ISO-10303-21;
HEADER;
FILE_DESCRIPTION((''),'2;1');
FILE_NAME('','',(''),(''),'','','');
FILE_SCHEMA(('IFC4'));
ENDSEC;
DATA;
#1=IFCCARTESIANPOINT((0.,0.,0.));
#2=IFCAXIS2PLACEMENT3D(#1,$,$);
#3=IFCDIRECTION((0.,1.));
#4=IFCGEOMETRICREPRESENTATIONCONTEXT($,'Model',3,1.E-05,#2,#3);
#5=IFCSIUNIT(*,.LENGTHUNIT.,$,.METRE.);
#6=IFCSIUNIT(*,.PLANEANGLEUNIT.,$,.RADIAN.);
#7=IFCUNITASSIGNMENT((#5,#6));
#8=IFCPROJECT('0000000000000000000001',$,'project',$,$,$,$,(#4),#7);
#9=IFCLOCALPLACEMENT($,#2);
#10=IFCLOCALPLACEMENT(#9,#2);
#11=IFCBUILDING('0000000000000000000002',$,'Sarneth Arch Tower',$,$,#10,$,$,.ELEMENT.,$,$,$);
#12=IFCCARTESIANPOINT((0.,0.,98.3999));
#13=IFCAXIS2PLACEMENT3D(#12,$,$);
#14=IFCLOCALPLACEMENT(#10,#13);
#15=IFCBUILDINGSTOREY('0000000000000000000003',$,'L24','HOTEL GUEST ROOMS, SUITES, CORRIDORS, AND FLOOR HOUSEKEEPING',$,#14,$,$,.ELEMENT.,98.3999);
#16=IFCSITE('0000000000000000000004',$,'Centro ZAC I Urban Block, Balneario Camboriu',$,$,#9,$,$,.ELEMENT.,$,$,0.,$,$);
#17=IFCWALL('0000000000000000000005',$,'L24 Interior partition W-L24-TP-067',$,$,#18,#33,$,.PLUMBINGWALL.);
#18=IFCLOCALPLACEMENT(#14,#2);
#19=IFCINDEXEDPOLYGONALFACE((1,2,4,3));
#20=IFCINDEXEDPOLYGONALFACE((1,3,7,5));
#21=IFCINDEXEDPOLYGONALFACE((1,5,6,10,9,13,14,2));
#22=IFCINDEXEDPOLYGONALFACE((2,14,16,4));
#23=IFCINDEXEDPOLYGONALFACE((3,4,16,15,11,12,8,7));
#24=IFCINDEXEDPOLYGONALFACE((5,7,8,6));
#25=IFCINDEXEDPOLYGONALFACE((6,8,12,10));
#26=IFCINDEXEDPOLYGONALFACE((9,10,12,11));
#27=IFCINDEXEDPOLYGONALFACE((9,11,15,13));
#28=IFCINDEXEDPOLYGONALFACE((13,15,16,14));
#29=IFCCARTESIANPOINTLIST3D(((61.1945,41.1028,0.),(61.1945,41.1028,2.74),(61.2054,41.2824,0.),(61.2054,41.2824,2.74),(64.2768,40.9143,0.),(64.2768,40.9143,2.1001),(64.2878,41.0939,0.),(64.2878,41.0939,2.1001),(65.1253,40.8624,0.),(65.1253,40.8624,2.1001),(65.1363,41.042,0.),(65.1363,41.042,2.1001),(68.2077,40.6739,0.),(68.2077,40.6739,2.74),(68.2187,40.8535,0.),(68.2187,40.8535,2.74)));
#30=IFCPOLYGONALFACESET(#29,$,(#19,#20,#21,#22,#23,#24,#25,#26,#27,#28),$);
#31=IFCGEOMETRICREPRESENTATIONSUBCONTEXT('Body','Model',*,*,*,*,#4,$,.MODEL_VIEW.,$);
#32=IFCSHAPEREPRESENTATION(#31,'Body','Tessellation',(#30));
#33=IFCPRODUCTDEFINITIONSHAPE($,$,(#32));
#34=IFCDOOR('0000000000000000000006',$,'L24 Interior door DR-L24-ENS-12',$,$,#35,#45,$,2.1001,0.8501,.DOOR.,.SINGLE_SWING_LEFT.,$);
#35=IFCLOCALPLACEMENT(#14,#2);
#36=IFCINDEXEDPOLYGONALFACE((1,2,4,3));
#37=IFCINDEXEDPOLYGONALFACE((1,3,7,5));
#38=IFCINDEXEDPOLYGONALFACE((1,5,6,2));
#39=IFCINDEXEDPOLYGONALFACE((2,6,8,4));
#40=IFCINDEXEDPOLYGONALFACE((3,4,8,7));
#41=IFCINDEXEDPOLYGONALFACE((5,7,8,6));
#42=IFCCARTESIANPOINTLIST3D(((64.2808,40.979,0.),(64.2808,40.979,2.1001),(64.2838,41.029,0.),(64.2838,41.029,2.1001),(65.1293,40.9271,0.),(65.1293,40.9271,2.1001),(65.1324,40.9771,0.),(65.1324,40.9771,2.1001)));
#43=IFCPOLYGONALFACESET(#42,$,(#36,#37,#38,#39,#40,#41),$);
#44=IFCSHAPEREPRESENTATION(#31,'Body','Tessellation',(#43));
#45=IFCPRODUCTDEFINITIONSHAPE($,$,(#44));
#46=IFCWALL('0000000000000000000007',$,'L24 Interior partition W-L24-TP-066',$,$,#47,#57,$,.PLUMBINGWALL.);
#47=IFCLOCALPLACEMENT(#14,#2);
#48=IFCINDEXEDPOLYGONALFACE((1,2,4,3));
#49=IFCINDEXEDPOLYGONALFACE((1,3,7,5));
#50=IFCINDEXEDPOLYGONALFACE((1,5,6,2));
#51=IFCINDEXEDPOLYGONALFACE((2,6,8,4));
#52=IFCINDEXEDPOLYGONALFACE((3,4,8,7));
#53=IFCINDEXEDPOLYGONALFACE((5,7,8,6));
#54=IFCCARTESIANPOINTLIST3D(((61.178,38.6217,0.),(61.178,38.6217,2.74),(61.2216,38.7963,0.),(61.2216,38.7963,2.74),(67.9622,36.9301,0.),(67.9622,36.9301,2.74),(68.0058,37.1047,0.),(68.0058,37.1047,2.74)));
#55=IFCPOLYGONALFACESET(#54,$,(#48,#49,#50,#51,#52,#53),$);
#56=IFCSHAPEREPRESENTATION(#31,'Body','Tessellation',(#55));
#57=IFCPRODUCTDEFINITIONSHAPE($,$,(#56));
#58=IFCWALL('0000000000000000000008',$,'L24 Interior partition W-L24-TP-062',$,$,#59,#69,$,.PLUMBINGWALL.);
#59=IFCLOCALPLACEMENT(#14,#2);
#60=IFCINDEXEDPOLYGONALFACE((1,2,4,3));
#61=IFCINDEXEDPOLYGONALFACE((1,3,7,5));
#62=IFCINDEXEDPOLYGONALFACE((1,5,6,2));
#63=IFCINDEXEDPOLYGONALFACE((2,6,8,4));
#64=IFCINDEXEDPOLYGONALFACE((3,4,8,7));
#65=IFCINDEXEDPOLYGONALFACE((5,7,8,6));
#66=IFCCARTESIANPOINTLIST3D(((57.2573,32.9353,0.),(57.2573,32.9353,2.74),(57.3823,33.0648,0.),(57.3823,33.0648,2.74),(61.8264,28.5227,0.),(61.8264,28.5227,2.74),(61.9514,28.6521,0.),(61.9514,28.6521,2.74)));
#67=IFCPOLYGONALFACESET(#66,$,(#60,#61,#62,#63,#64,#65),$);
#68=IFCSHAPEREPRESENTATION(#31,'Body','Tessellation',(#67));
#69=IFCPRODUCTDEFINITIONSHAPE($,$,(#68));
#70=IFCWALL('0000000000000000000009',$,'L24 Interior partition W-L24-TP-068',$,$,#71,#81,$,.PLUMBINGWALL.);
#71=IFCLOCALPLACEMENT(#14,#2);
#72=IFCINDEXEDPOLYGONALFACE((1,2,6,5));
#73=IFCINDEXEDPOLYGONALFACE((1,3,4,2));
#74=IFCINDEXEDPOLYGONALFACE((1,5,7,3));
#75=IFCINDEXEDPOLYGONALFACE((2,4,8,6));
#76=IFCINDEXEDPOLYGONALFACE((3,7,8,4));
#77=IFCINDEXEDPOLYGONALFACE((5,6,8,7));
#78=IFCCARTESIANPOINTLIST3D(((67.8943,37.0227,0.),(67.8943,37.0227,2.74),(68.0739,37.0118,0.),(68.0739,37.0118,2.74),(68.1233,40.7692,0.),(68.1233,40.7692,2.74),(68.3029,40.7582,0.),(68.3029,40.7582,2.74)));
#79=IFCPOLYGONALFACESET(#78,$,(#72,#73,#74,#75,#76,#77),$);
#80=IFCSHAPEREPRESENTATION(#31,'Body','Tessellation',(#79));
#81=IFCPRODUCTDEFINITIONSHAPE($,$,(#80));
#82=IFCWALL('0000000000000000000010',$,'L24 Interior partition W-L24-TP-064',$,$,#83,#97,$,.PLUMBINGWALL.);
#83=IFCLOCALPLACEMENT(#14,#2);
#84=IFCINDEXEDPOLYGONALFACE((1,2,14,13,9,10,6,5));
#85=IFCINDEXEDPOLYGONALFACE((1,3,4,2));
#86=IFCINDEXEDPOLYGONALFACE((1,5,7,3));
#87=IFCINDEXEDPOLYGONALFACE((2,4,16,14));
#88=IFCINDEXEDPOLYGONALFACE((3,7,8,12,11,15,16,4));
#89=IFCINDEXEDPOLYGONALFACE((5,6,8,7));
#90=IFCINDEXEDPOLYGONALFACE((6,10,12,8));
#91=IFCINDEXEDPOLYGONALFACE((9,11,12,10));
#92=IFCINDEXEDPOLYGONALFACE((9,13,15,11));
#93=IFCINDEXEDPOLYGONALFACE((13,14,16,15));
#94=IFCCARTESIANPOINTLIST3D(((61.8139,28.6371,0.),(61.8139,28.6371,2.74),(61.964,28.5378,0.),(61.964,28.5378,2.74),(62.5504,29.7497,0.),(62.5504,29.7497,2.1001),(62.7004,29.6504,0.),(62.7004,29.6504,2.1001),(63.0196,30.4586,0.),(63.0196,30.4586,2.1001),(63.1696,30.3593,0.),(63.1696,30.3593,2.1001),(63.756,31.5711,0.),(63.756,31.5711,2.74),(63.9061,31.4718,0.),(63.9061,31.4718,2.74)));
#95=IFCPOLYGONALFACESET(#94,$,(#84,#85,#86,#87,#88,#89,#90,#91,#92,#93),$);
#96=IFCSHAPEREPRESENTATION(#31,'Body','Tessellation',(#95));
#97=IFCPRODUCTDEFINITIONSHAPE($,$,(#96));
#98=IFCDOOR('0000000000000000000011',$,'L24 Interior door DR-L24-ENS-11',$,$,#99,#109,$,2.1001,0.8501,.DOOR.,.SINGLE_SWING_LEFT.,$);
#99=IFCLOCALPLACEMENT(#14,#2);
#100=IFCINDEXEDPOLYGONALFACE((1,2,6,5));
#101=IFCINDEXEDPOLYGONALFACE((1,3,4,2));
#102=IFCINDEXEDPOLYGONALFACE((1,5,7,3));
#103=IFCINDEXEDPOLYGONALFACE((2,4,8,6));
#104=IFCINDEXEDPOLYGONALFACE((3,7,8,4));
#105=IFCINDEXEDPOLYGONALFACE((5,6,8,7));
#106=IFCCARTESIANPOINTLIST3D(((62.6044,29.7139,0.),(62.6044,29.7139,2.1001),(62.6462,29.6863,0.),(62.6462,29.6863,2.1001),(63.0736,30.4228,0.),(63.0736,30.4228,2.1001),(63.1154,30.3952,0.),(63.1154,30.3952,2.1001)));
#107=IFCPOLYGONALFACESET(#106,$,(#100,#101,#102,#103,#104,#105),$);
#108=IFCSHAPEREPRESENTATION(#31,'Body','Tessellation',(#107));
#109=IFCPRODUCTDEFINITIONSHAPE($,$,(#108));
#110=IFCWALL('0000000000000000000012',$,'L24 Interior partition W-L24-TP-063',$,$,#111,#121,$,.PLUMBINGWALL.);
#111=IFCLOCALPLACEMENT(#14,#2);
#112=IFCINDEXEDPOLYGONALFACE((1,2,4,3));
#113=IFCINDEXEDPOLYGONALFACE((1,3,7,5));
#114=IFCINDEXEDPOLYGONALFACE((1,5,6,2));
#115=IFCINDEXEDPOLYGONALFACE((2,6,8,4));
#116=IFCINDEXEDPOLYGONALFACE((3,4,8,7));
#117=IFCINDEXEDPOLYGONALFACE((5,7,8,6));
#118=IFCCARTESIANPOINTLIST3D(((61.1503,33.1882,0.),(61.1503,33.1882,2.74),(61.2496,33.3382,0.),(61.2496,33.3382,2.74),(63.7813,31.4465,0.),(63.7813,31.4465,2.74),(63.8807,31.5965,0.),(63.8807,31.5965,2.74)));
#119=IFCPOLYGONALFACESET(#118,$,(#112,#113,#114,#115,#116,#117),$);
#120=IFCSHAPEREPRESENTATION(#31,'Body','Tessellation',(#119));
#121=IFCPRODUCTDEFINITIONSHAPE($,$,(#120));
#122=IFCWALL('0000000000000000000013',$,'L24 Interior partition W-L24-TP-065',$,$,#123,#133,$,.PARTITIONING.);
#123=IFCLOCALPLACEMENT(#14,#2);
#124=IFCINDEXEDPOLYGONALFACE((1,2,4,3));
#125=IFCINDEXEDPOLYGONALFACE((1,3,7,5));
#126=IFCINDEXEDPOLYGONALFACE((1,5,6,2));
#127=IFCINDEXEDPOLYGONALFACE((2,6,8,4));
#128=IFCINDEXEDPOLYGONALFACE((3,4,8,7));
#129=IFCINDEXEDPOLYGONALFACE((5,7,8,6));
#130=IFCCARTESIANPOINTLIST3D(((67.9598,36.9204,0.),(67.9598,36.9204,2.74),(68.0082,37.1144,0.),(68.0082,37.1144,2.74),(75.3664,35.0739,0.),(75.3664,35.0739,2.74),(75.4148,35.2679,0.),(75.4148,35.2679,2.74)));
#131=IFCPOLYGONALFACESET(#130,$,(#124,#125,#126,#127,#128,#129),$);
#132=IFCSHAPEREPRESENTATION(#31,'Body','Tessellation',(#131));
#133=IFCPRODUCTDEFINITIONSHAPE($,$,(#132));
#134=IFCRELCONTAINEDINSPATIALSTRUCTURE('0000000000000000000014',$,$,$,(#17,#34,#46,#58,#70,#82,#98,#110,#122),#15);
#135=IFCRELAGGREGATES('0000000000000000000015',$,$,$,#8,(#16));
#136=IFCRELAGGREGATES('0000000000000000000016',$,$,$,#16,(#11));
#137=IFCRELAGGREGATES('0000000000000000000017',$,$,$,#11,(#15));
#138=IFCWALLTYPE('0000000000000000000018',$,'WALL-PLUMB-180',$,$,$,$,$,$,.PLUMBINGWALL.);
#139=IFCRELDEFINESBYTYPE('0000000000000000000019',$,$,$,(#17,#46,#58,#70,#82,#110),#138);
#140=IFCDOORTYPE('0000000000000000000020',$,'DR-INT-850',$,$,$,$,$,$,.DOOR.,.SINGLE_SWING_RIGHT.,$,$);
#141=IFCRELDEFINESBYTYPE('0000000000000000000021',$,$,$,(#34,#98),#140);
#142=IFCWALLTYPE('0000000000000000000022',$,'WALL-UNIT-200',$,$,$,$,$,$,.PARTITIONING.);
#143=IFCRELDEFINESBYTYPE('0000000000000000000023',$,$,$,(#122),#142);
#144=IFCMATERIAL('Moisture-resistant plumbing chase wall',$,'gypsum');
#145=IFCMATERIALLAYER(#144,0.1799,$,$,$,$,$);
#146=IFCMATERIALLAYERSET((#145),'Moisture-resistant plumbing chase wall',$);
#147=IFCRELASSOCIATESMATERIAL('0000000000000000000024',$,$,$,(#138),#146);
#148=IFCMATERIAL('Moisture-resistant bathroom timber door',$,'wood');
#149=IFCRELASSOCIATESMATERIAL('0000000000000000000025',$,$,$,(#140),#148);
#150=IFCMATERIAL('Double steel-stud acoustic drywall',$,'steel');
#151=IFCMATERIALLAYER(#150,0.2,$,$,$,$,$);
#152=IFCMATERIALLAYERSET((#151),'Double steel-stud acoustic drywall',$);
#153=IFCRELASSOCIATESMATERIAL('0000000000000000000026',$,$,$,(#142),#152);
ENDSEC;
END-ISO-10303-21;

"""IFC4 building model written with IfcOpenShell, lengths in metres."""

from ifc_helpers import new_model, si_unit, direction, frame, frame_2d, origin, place, context, subcontext, project, spatial, rectangle, extrude, material, layer, layer_set, type_object, element, fill, save


model = new_model("IFC4")

# Units and contexts
model_context = context("Model", 3, precision=1e-05, world=origin(), true_north=direction((0.0, 1.0)))
body_context = subcontext(model_context, "Body", "Model", "MODEL_VIEW")
ifc_project = project(units=[si_unit("LENGTHUNIT", "METRE"), si_unit("PLANEANGLEUNIT", "RADIAN")], contexts=[model_context])

# Site, building, storey
site_placement = place(None, origin())
site = spatial("IfcSite", under=ifc_project, at=site_placement, Name="Centro ZAC I Urban Block, Balneario Camboriu", CompositionType="ELEMENT", RefElevation=0.0)
building_placement = place(site_placement, origin())
building = spatial("IfcBuilding", under=site, at=building_placement, Name="Sarneth Arch Tower", CompositionType="ELEMENT")
storey_placement = place(building_placement, frame((0.0, 0.0, 98.3999)))
storey = spatial("IfcBuildingStorey", under=building, at=storey_placement, Name="L24", Description="HOTEL GUEST ROOMS, SUITES, CORRIDORS, AND FLOOR HOUSEKEEPING", CompositionType="ELEMENT", Elevation=98.3999)

# Wall, opening, door
ifc_material_1 = material(Name="Moisture-resistant plumbing chase wall", Category="gypsum")
ifc_layer_1 = layer(ifc_material_1, 0.1799)
ifc_layer_set_1 = layer_set([ifc_layer_1], Name="Moisture-resistant plumbing chase wall")
wall_type_1 = type_object("IfcWallType", Name="WALL-PLUMB-180", PredefinedType="PLUMBINGWALL", material=ifc_layer_set_1)
wall_1_placement = place(storey_placement, frame((61.2, 41.1926, 0.0), z_axis=(0.0, 0.0, 1.0), x_axis=(0.998135, -0.06105, 0.0)))
wall_1 = element("IfcWall", 1, at=wall_1_placement, inside=storey, type_object=wall_type_1, Name="L24 Interior partition W-L24-TP-067", PredefinedType="PLUMBINGWALL", context=body_context, shape_type="SweptSolid", body=[
    extrude(rectangle(XDim=7.0264, YDim=0.1799, at=frame_2d((3.5132, 0.0))), origin(), (0.0, 0.0, 1.0), 2.74),
])
opening_1_placement = place(wall_1_placement, frame((3.0881, 0.0, 0.0)))
opening_1 = element("IfcOpeningElement", 2, at=opening_1_placement, cuts=wall_1, PredefinedType="OPENING", context=body_context, shape_type="SweptSolid", body=[
    extrude(rectangle(XDim=0.8501, YDim=2.1001, at=frame_2d((0.425, 1.05))), frame((0.0, 0.0999, 0.0), z_axis=(0.0, -1.0, 0.0), x_axis=(1.0, 0.0, 0.0)), (0.0, 0.0, 1.0), 0.2),
])
ifc_material_2 = material(Name="Moisture-resistant bathroom timber door", Category="wood")
door_type_1 = type_object("IfcDoorType", Name="DR-INT-850", OperationType="SINGLE_SWING_RIGHT", PredefinedType="DOOR", material=ifc_material_2)
door_1_placement = place(opening_1_placement, origin())
door_1 = element("IfcDoor", 3, at=door_1_placement, inside=storey, type_object=door_type_1, Name="L24 Interior door DR-L24-ENS-12", OperationType="SINGLE_SWING_LEFT", OverallHeight=2.1001, OverallWidth=0.8501, PredefinedType="DOOR", context=body_context, shape_type="SweptSolid", body=[
    extrude(rectangle(XDim=0.8501, YDim=2.1001, at=frame_2d((0.425, 1.05))), frame((0.0, 0.0249, 0.0), z_axis=(0.0, -1.0, 0.0), x_axis=(1.0, 0.0, 0.0)), (0.0, 0.0, 1.0), 0.05),
])
fill(opening_1, door_1)

# Walls
wall_2_placement = place(storey_placement, frame((67.9841, 37.0173, 0.0), z_axis=(0.0, 0.0, 1.0), x_axis=(-0.97029, 0.241944, 0.0)))
element("IfcWall", 4, at=wall_2_placement, inside=storey, type_object=wall_type_1, Name="L24 Interior partition W-L24-TP-066", PredefinedType="PLUMBINGWALL", context=body_context, shape_type="SweptSolid", body=[
    extrude(rectangle(XDim=6.9919, YDim=0.1799, at=frame_2d((3.4961, 0.0))), origin(), (0.0, 0.0, 1.0), 2.74),
])
wall_3_placement = place(storey_placement, frame((61.8889, 28.5874, 0.0), z_axis=(0.0, 0.0, 1.0), x_axis=(-0.719318, 0.694681, 0.0)))
element("IfcWall", 5, at=wall_3_placement, inside=storey, type_object=wall_type_1, Name="L24 Interior partition W-L24-TP-062", PredefinedType="PLUMBINGWALL", context=body_context, shape_type="SweptSolid", body=[
    extrude(rectangle(XDim=6.3521, YDim=0.1799, at=frame_2d((3.176, 0.0))), origin(), (0.0, 0.0, 1.0), 2.74),
])
wall_4_placement = place(storey_placement, frame((68.2131, 40.7637, 0.0), z_axis=(0.0, 0.0, 1.0), x_axis=(-0.061014, -0.998137, 0.0)))
element("IfcWall", 6, at=wall_4_placement, inside=storey, type_object=wall_type_1, Name="L24 Interior partition W-L24-TP-068", PredefinedType="PLUMBINGWALL", context=body_context, shape_type="SweptSolid", body=[
    extrude(rectangle(XDim=3.7534, YDim=0.1799, at=frame_2d((1.8767, 0.0))), origin(), (0.0, 0.0, 1.0), 2.74),
])

# Wall, opening, door
wall_5_placement = place(storey_placement, frame((63.8311, 31.5215, 0.0), z_axis=(0.0, 0.0, 1.0), x_axis=(-0.551959, -0.833871, 0.0)))
wall_5 = element("IfcWall", 7, at=wall_5_placement, inside=storey, type_object=wall_type_1, Name="L24 Interior partition W-L24-TP-064", PredefinedType="PLUMBINGWALL", context=body_context, shape_type="SweptSolid", body=[
    extrude(rectangle(XDim=3.5186, YDim=0.1799, at=frame_2d((1.7593, 0.0))), origin(), (0.0, 0.0, 1.0), 2.74),
])
opening_2_placement = place(wall_5_placement, frame((1.3342, 0.0, 0.0)))
opening_2 = element("IfcOpeningElement", 8, at=opening_2_placement, cuts=wall_5, PredefinedType="OPENING", context=body_context, shape_type="SweptSolid", body=[
    extrude(rectangle(XDim=0.8501, YDim=2.1001, at=frame_2d((0.425, 1.05))), frame((0.0, 0.0999, 0.0), z_axis=(0.0, -1.0, 0.0), x_axis=(1.0, 0.0, 0.0)), (0.0, 0.0, 1.0), 0.2),
])
door_2_placement = place(opening_2_placement, origin())
door_2 = element("IfcDoor", 9, at=door_2_placement, inside=storey, type_object=door_type_1, Name="L24 Interior door DR-L24-ENS-11", OperationType="SINGLE_SWING_LEFT", OverallHeight=2.1001, OverallWidth=0.8501, PredefinedType="DOOR", context=body_context, shape_type="SweptSolid", body=[
    extrude(rectangle(XDim=0.8501, YDim=2.1001, at=frame_2d((0.425, 1.05))), frame((0.0, 0.0249, 0.0), z_axis=(0.0, -1.0, 0.0), x_axis=(1.0, 0.0, 0.0)), (0.0, 0.0, 1.0), 0.05),
])
fill(opening_2, door_2)

# Walls
wall_6_placement = place(storey_placement, frame((61.2, 33.2632, 0.0), z_axis=(0.0, 0.0, 1.0), x_axis=(0.833855, -0.551983, 0.0)))
element("IfcWall", 10, at=wall_6_placement, inside=storey, type_object=wall_type_1, Name="L24 Interior partition W-L24-TP-063", PredefinedType="PLUMBINGWALL", context=body_context, shape_type="SweptSolid", body=[
    extrude(rectangle(XDim=3.1553, YDim=0.1799, at=frame_2d((1.5776, 0.0))), origin(), (0.0, 0.0, 1.0), 2.74),
])
ifc_material_3 = material(Name="Double steel-stud acoustic drywall", Category="steel")
ifc_layer_2 = layer(ifc_material_3, 0.2)
ifc_layer_set_2 = layer_set([ifc_layer_2], Name="Double steel-stud acoustic drywall")
wall_type_2 = type_object("IfcWallType", Name="WALL-UNIT-200", PredefinedType="PARTITIONING", material=ifc_layer_set_2)
wall_7_placement = place(storey_placement, frame((75.3906, 35.1709, 0.0), z_axis=(0.0, 0.0, 1.0), x_axis=(-0.970302, 0.241896, 0.0)))
element("IfcWall", 11, at=wall_7_placement, inside=storey, type_object=wall_type_2, Name="L24 Interior partition W-L24-TP-065", PredefinedType="PARTITIONING", context=body_context, shape_type="SweptSolid", body=[
    extrude(rectangle(XDim=7.6333, YDim=0.2, at=frame_2d((3.8167, 0.0))), origin(), (0.0, 0.0, 1.0), 2.74),
])

save(model, "model.ifc")
